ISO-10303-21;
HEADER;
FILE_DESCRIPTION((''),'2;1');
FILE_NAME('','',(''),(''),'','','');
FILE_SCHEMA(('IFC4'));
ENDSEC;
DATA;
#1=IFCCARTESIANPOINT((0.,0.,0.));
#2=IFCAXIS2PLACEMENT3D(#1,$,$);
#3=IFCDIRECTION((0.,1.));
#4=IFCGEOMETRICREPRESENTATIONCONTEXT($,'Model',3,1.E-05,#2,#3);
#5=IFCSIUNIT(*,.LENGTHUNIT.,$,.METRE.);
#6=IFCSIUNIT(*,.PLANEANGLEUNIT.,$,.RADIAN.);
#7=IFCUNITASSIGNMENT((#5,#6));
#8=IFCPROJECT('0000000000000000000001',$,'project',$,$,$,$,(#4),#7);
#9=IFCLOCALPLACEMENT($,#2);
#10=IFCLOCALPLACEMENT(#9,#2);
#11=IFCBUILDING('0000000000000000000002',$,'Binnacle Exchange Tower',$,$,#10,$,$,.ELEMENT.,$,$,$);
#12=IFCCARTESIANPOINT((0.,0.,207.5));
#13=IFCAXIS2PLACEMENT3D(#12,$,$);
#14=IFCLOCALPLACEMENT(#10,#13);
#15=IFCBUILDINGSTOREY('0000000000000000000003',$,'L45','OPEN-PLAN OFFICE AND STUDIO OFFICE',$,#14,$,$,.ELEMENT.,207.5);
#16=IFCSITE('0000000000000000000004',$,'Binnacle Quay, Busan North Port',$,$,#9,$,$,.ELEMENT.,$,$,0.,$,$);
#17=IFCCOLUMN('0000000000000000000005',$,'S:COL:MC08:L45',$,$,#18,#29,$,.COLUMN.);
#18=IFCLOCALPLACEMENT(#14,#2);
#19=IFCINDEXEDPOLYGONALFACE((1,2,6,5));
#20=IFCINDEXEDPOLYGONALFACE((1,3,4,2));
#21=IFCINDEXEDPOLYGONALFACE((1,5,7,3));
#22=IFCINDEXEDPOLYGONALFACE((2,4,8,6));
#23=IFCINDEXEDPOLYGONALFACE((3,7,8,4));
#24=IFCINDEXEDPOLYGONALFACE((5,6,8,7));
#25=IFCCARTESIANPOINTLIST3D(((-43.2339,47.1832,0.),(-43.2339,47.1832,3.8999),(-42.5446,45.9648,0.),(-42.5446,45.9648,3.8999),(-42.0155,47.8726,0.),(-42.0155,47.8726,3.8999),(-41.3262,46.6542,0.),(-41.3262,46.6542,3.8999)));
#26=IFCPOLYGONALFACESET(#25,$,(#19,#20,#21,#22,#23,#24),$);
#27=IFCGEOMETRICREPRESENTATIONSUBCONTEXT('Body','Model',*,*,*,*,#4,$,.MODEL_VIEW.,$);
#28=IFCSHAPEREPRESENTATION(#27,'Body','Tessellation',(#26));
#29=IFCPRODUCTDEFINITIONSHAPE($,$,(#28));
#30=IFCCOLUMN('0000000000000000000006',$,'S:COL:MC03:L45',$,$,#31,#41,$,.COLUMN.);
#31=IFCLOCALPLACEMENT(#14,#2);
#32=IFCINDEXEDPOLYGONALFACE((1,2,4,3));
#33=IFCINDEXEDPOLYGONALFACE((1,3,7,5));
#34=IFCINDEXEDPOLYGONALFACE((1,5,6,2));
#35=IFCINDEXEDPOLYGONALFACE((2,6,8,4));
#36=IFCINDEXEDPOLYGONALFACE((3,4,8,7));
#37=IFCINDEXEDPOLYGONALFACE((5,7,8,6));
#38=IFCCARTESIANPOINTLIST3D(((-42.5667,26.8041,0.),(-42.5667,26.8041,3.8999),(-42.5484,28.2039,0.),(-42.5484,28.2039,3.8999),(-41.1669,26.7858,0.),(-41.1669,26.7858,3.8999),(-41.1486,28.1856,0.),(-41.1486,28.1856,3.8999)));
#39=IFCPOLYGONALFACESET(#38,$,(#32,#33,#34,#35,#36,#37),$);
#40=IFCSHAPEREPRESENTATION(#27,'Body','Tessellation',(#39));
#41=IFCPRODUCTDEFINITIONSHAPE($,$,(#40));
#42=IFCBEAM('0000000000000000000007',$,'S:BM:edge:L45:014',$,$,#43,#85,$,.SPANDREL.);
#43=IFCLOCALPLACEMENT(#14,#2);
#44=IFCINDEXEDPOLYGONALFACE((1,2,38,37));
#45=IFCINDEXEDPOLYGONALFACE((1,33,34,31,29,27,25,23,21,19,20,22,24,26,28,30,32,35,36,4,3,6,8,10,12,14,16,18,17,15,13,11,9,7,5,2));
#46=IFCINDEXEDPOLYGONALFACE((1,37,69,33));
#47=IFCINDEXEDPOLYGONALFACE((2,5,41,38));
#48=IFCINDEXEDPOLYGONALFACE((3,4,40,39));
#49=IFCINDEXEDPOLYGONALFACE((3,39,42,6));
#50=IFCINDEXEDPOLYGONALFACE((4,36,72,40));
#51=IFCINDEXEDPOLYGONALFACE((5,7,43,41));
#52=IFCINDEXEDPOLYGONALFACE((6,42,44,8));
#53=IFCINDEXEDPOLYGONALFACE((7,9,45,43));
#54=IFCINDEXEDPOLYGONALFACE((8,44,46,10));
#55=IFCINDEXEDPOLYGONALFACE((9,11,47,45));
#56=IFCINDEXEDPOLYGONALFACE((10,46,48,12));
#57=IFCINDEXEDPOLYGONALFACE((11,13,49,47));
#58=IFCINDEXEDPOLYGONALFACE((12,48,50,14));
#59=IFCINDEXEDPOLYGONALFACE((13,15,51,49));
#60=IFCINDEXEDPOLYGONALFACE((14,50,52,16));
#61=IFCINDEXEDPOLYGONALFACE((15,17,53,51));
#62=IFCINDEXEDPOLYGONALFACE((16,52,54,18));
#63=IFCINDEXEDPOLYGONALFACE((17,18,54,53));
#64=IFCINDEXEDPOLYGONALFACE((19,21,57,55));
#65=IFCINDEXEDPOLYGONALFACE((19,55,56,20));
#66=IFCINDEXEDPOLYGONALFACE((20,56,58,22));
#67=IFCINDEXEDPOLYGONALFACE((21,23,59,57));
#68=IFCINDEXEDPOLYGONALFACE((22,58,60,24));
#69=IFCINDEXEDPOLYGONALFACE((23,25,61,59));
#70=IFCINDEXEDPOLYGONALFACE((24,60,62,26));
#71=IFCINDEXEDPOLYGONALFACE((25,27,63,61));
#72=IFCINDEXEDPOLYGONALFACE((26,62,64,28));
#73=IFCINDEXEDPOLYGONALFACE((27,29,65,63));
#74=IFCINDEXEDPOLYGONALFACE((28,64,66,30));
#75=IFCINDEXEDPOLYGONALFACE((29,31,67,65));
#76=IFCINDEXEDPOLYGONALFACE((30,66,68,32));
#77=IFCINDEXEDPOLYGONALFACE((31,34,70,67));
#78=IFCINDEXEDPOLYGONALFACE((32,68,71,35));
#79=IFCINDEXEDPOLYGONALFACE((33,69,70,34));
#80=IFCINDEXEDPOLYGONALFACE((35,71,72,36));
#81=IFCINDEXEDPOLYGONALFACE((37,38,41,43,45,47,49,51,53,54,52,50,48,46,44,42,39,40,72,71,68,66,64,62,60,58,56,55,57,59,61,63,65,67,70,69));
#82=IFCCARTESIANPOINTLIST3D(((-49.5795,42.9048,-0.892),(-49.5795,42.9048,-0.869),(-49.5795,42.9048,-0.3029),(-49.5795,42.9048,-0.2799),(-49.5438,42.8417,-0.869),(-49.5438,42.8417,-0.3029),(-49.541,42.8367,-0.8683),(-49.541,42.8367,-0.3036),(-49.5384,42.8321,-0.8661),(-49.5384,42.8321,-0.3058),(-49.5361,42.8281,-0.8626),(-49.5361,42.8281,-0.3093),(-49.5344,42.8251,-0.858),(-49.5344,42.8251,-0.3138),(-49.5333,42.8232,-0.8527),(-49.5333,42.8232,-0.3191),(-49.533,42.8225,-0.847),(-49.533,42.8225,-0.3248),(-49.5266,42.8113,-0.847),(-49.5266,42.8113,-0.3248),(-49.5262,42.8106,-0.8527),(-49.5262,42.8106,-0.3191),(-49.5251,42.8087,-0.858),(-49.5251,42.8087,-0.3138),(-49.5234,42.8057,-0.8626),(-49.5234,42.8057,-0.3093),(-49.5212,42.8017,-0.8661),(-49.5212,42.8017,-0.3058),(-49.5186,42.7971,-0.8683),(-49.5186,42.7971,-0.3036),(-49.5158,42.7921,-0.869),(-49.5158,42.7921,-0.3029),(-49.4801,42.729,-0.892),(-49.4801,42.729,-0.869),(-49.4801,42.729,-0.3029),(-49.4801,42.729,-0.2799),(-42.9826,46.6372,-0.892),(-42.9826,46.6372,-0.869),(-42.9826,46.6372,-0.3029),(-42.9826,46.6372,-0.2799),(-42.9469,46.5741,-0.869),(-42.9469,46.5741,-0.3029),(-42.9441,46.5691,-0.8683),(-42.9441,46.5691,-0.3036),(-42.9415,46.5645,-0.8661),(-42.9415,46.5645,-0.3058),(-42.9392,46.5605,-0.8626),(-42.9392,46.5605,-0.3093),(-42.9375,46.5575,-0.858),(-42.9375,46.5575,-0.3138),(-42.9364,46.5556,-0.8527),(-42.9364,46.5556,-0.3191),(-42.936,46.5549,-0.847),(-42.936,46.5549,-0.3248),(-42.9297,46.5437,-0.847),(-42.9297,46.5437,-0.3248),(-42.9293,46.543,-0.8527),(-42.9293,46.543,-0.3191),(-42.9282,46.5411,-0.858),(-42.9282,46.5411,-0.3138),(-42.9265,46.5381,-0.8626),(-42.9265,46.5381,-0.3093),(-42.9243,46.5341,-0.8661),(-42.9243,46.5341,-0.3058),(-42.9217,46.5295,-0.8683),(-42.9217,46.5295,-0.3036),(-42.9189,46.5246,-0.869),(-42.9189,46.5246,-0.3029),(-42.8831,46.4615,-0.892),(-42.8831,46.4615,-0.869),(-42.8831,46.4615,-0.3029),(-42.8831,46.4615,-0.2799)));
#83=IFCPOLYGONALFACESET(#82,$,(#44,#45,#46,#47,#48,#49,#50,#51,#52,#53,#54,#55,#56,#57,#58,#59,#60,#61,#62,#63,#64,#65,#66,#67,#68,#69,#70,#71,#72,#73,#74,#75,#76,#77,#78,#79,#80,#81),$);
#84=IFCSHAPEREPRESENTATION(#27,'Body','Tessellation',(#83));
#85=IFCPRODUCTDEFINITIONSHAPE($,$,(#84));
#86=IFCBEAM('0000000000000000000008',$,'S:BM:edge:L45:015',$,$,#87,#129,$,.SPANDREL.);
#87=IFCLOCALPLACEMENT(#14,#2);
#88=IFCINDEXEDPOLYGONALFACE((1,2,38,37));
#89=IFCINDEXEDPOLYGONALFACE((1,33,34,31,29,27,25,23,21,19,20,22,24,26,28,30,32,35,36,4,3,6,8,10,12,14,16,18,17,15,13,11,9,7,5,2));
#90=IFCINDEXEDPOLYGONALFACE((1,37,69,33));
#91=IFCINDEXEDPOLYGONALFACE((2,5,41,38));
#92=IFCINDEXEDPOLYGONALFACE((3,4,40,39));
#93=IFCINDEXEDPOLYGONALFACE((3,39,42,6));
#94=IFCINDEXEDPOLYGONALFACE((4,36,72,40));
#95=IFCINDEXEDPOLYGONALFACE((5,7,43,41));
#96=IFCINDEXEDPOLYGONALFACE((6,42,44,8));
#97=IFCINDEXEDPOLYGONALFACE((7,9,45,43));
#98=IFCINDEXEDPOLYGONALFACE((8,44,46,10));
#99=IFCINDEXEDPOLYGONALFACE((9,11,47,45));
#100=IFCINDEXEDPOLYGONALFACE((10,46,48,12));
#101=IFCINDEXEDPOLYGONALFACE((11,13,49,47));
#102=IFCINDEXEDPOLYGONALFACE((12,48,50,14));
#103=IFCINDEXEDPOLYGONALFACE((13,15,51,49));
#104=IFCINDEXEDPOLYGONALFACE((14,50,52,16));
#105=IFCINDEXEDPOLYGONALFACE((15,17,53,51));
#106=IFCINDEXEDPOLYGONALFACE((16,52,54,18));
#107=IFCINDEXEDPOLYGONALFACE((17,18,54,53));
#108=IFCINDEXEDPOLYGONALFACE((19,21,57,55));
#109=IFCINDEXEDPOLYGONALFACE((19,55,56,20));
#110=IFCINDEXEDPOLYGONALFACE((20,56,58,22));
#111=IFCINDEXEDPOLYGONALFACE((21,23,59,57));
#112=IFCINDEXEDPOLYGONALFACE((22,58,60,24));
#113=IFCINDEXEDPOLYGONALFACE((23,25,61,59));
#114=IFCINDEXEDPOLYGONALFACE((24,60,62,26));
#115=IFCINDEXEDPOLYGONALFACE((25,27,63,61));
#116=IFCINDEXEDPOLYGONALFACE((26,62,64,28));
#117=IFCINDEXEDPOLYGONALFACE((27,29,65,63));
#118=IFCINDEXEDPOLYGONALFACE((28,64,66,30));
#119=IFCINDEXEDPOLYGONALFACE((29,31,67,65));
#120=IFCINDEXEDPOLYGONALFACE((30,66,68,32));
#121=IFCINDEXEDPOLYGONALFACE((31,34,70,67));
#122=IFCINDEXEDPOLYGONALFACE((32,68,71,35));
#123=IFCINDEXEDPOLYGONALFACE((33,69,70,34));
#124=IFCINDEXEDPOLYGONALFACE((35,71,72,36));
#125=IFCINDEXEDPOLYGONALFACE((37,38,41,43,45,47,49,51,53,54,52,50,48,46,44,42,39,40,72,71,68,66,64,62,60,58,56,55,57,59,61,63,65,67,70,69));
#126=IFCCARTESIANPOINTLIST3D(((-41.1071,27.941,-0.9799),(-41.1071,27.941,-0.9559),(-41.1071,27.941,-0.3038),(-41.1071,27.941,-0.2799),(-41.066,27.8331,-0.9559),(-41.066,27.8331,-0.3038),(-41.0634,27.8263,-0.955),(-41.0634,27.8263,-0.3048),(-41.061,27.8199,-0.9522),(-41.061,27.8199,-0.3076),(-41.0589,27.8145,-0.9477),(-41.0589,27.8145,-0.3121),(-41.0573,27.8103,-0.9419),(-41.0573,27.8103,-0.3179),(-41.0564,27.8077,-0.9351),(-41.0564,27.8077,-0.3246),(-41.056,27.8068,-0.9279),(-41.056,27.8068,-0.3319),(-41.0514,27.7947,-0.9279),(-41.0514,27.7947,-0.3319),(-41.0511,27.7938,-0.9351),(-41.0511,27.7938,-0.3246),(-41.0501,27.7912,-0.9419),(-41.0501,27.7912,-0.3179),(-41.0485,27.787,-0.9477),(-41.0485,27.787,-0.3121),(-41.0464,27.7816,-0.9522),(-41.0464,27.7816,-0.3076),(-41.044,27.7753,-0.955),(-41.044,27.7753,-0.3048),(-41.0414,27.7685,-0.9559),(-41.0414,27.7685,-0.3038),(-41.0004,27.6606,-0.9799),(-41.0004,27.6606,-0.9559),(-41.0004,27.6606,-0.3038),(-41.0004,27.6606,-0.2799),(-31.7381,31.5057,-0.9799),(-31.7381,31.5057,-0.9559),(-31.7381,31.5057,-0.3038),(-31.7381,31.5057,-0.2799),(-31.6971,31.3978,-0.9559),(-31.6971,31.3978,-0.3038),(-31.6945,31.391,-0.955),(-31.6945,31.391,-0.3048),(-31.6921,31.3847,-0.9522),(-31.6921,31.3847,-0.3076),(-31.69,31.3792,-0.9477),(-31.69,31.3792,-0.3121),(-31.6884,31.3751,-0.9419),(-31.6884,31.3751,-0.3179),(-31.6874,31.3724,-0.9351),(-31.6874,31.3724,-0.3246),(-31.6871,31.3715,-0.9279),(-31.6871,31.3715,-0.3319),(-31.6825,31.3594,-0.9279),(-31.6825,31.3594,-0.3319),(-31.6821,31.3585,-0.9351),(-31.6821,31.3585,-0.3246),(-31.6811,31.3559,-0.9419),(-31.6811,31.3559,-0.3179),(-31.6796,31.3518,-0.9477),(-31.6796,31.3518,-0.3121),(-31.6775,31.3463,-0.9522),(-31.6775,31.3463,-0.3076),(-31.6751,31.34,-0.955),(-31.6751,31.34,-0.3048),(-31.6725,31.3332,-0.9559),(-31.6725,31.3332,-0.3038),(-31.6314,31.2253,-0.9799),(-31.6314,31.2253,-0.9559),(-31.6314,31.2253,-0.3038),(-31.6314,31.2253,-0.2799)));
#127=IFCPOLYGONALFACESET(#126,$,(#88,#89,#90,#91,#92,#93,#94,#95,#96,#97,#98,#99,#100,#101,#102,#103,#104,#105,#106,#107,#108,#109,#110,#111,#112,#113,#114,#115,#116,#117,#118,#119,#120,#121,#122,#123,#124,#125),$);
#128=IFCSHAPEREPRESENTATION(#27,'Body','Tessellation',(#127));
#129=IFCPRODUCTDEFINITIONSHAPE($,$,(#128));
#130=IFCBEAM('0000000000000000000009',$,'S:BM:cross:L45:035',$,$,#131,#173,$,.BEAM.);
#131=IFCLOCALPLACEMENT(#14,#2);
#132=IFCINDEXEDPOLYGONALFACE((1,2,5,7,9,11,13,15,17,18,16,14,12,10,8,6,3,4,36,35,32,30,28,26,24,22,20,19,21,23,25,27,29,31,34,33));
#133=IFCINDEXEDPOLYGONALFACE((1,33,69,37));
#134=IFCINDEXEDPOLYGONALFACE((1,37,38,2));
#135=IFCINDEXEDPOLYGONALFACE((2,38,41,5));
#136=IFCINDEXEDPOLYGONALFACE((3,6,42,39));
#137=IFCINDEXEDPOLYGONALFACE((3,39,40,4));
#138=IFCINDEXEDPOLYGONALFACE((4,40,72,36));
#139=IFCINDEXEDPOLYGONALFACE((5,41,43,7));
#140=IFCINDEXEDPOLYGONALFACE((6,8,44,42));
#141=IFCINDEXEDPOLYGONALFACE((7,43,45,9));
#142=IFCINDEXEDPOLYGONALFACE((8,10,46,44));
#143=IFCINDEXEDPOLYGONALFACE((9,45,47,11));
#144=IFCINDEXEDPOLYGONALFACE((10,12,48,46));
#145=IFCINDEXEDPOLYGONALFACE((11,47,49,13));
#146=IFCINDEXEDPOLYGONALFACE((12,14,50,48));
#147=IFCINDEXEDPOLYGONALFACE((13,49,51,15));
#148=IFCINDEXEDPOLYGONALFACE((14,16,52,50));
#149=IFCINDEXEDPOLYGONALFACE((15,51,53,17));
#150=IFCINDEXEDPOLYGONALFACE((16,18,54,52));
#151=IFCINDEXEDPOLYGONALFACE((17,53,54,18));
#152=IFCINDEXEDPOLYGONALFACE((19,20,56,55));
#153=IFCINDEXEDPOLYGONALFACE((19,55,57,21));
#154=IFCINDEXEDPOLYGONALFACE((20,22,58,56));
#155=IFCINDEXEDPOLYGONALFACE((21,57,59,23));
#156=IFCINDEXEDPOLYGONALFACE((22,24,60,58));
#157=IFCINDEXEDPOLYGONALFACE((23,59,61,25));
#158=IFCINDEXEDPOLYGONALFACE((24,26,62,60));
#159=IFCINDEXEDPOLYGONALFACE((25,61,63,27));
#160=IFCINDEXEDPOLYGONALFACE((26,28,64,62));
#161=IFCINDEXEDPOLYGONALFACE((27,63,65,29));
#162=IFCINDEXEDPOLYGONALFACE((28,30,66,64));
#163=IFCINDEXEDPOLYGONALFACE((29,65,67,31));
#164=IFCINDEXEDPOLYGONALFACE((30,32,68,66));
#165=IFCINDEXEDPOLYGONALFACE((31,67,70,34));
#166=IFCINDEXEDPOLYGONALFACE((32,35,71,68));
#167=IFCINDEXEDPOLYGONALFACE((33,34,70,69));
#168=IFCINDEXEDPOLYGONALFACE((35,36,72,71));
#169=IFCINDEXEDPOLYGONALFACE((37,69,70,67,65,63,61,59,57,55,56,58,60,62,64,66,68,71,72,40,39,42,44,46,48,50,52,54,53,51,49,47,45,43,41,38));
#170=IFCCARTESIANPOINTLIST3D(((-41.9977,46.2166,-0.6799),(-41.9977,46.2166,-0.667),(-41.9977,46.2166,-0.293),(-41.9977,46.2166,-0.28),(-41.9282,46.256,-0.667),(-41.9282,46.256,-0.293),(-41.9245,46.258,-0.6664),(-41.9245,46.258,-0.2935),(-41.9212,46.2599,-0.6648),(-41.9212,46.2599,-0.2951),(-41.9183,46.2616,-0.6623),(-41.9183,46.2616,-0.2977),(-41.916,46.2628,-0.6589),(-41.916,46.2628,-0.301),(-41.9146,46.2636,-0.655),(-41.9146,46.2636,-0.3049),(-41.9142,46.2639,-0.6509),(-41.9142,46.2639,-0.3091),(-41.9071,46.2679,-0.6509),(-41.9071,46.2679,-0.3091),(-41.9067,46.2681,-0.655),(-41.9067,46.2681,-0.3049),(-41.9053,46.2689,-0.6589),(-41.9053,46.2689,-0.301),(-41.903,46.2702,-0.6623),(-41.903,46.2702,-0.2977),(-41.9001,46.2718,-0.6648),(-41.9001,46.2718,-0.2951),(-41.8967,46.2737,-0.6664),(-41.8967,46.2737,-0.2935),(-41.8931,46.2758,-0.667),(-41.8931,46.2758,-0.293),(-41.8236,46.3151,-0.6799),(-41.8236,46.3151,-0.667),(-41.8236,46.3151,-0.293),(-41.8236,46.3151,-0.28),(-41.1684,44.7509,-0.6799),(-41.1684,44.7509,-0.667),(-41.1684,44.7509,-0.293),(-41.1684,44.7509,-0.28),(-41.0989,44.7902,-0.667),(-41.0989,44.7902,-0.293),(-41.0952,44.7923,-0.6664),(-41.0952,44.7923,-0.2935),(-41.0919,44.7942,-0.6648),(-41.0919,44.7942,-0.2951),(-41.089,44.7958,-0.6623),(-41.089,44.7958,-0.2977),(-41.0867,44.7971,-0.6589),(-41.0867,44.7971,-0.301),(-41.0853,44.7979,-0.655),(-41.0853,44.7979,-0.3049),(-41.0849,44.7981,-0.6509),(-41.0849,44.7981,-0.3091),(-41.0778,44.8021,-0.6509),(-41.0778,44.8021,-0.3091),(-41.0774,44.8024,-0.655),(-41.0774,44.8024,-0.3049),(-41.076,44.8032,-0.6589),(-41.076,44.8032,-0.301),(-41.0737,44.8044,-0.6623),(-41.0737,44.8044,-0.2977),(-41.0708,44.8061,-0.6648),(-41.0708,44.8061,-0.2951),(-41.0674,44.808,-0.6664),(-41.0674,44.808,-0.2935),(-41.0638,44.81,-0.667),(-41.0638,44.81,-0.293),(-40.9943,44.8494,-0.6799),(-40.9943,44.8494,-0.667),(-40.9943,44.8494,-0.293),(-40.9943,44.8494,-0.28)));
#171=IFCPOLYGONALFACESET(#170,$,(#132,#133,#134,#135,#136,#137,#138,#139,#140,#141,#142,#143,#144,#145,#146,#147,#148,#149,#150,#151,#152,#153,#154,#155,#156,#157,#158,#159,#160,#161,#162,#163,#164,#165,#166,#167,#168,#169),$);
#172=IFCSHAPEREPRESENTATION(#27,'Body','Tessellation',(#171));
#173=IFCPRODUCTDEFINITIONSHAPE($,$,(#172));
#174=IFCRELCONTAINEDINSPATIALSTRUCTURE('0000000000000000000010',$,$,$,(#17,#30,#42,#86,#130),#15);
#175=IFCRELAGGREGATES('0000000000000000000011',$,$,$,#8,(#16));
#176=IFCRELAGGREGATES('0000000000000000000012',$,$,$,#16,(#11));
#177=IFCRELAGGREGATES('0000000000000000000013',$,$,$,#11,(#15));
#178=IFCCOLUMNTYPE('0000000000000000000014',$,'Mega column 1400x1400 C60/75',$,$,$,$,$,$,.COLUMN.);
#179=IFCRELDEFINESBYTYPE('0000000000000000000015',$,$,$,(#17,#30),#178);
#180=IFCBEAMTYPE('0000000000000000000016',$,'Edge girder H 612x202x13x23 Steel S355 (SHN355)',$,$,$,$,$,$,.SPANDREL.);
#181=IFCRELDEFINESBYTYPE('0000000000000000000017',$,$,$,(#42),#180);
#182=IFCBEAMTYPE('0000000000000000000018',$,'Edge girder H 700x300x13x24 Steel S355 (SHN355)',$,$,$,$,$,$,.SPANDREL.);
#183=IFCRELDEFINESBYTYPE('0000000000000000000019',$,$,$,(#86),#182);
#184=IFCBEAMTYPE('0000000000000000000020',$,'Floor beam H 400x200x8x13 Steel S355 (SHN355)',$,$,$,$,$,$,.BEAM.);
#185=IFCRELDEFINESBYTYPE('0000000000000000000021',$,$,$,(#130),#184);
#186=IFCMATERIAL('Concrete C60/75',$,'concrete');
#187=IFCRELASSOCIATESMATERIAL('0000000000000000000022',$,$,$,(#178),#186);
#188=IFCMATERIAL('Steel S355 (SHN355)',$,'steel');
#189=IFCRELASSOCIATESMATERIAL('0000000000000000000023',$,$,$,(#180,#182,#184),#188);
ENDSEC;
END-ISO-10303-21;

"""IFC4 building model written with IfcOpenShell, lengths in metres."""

from ifc_helpers import new_model, si_unit, direction, frame, origin, origin_2d, place, context, subcontext, project, spatial, rectangle, i_section, extrude, material, material_profile, profile_set, type_object, element, save


model = new_model("IFC4")

# Units and contexts
model_context = context("Model", 3, precision=1e-05, world=origin(), true_north=direction((0.0, 1.0)))
body_context = subcontext(model_context, "Body", "Model", "MODEL_VIEW")
ifc_project = project(units=[si_unit("LENGTHUNIT", "METRE"), si_unit("PLANEANGLEUNIT", "RADIAN")], contexts=[model_context])

# Site, building, storey
site_placement = place(None, origin())
site = spatial("IfcSite", under=ifc_project, at=site_placement, Name="Binnacle Quay, Busan North Port", CompositionType="ELEMENT", RefElevation=0.0)
building_placement = place(site_placement, origin())
building = spatial("IfcBuilding", under=site, at=building_placement, Name="Binnacle Exchange Tower", CompositionType="ELEMENT")
storey_placement = place(building_placement, frame((0.0, 0.0, 207.5)))
storey = spatial("IfcBuildingStorey", under=building, at=storey_placement, Name="L45", Description="OPEN-PLAN OFFICE AND STUDIO OFFICE", CompositionType="ELEMENT", Elevation=207.5)

# Columns
ifc_material_1 = material(Name="Concrete C60/75", Category="concrete")
ifc_material_profile_1 = material_profile(ifc_material_1, rectangle(XDim=1.3999, YDim=1.3999, at=origin_2d()), Name="Mega column 1400x1400 C60/75")
ifc_profile_set_1 = profile_set([ifc_material_profile_1], Name="Concrete C60/75")
column_type = type_object("IfcColumnType", Name="Mega column 1400x1400 C60/75", PredefinedType="COLUMN", material=ifc_profile_set_1)
for number, where, z_axis, x_axis, name in (
    (1, (-42.28, 46.9187, 0.0), (0.0, 0.0, 1.0), (-0.870356, -0.492424, 0.0), "S:COL:MC08:L45"),
    (2, (-41.8577, 27.4949, 0.0), (0.0, 0.0, 1.0), (0.999914, -0.01309, 0.0), "S:COL:MC03:L45"),
):
    element("IfcColumn", number, at=place(storey_placement, frame(where, z_axis=z_axis, x_axis=x_axis)), inside=storey, type_object=column_type, Name=name, PredefinedType="COLUMN", context=body_context, shape_type="SweptSolid", body=[
        extrude(rectangle(XDim=1.3999, YDim=1.3999, at=origin_2d()), origin(), (0.0, 0.0, 1.0), 3.8999),
    ])

# Beams
ifc_material_2 = material(Name="Steel S355 (SHN355)", Category="steel")
ifc_material_profile_2 = material_profile(ifc_material_2, i_section(OverallWidth=0.2019, OverallDepth=0.6121, WebThickness=0.0129, FlangeThickness=0.0229, FilletRadius=0.022, at=origin_2d()), Name="H 612x202x13x23")
ifc_profile_set_2 = profile_set([ifc_material_profile_2], Name="Steel S355 (SHN355)")
beam_type_1 = type_object("IfcBeamType", Name="Edge girder H 612x202x13x23 Steel S355 (SHN355)", PredefinedType="SPANDREL", material=ifc_profile_set_2)
beam_1_placement = place(storey_placement, frame((-42.9329, 46.5493, -0.5859), z_axis=(-0.870352, -0.49243, 0.0), x_axis=(0.49243, -0.870352, 0.0)))
element("IfcBeam", 3, at=beam_1_placement, inside=storey, type_object=beam_type_1, Name="S:BM:edge:L45:014", PredefinedType="SPANDREL", context=body_context, shape_type="SweptSolid", body=[
    extrude(i_section(OverallWidth=0.2019, OverallDepth=0.6121, WebThickness=0.0129, FlangeThickness=0.0229, FilletRadius=0.022, at=origin_2d()), origin(), (0.0, 0.0, 1.0), 7.5796),
])
ifc_material_profile_3 = material_profile(ifc_material_2, i_section(OverallWidth=0.3, OverallDepth=0.7, WebThickness=0.0129, FlangeThickness=0.0239, FilletRadius=0.0281, at=origin_2d()), Name="H 700x300x13x24")
ifc_profile_set_3 = profile_set([ifc_material_profile_3], Name="Steel S355 (SHN355)")
beam_type_2 = type_object("IfcBeamType", Name="Edge girder H 700x300x13x24 Steel S355 (SHN355)", PredefinedType="SPANDREL", material=ifc_profile_set_3)
beam_2_placement = place(storey_placement, frame((-41.0537, 27.8008, -0.6299), z_axis=(0.934634, 0.355611, 0.0), x_axis=(-0.355611, 0.934634, 0.0)))
element("IfcBeam", 4, at=beam_2_placement, inside=storey, type_object=beam_type_2, Name="S:BM:edge:L45:015", PredefinedType="SPANDREL", context=body_context, shape_type="SweptSolid", body=[
    extrude(i_section(OverallWidth=0.3, OverallDepth=0.7, WebThickness=0.0129, FlangeThickness=0.0239, FilletRadius=0.0281, at=origin_2d()), origin(), (0.0, 0.0, 1.0), 10.0242),
])
ifc_material_profile_4 = material_profile(ifc_material_2, i_section(OverallWidth=0.2, OverallDepth=0.3999, WebThickness=0.0081, FlangeThickness=0.0129, FilletRadius=0.0161, at=origin_2d()), Name="H 400x200x8x13")
ifc_profile_set_4 = profile_set([ifc_material_profile_4], Name="Steel S355 (SHN355)")
beam_type_3 = type_object("IfcBeamType", Name="Floor beam H 400x200x8x13 Steel S355 (SHN355)", PredefinedType="BEAM", material=ifc_profile_set_4)
beam_3_placement = place(storey_placement, frame((-41.9106, 46.2659, -0.48), z_axis=(0.492435, -0.870349, 0.0), x_axis=(0.870349, 0.492435, 0.0)))
element("IfcBeam", 5, at=beam_3_placement, inside=storey, type_object=beam_type_3, Name="S:BM:cross:L45:035", PredefinedType="BEAM", context=body_context, shape_type="SweptSolid", body=[
    extrude(i_section(OverallWidth=0.2, OverallDepth=0.3999, WebThickness=0.0081, FlangeThickness=0.0129, FilletRadius=0.0161, at=origin_2d()), origin(), (0.0, 0.0, 1.0), 1.6841),
])

save(model, "model.ifc")
